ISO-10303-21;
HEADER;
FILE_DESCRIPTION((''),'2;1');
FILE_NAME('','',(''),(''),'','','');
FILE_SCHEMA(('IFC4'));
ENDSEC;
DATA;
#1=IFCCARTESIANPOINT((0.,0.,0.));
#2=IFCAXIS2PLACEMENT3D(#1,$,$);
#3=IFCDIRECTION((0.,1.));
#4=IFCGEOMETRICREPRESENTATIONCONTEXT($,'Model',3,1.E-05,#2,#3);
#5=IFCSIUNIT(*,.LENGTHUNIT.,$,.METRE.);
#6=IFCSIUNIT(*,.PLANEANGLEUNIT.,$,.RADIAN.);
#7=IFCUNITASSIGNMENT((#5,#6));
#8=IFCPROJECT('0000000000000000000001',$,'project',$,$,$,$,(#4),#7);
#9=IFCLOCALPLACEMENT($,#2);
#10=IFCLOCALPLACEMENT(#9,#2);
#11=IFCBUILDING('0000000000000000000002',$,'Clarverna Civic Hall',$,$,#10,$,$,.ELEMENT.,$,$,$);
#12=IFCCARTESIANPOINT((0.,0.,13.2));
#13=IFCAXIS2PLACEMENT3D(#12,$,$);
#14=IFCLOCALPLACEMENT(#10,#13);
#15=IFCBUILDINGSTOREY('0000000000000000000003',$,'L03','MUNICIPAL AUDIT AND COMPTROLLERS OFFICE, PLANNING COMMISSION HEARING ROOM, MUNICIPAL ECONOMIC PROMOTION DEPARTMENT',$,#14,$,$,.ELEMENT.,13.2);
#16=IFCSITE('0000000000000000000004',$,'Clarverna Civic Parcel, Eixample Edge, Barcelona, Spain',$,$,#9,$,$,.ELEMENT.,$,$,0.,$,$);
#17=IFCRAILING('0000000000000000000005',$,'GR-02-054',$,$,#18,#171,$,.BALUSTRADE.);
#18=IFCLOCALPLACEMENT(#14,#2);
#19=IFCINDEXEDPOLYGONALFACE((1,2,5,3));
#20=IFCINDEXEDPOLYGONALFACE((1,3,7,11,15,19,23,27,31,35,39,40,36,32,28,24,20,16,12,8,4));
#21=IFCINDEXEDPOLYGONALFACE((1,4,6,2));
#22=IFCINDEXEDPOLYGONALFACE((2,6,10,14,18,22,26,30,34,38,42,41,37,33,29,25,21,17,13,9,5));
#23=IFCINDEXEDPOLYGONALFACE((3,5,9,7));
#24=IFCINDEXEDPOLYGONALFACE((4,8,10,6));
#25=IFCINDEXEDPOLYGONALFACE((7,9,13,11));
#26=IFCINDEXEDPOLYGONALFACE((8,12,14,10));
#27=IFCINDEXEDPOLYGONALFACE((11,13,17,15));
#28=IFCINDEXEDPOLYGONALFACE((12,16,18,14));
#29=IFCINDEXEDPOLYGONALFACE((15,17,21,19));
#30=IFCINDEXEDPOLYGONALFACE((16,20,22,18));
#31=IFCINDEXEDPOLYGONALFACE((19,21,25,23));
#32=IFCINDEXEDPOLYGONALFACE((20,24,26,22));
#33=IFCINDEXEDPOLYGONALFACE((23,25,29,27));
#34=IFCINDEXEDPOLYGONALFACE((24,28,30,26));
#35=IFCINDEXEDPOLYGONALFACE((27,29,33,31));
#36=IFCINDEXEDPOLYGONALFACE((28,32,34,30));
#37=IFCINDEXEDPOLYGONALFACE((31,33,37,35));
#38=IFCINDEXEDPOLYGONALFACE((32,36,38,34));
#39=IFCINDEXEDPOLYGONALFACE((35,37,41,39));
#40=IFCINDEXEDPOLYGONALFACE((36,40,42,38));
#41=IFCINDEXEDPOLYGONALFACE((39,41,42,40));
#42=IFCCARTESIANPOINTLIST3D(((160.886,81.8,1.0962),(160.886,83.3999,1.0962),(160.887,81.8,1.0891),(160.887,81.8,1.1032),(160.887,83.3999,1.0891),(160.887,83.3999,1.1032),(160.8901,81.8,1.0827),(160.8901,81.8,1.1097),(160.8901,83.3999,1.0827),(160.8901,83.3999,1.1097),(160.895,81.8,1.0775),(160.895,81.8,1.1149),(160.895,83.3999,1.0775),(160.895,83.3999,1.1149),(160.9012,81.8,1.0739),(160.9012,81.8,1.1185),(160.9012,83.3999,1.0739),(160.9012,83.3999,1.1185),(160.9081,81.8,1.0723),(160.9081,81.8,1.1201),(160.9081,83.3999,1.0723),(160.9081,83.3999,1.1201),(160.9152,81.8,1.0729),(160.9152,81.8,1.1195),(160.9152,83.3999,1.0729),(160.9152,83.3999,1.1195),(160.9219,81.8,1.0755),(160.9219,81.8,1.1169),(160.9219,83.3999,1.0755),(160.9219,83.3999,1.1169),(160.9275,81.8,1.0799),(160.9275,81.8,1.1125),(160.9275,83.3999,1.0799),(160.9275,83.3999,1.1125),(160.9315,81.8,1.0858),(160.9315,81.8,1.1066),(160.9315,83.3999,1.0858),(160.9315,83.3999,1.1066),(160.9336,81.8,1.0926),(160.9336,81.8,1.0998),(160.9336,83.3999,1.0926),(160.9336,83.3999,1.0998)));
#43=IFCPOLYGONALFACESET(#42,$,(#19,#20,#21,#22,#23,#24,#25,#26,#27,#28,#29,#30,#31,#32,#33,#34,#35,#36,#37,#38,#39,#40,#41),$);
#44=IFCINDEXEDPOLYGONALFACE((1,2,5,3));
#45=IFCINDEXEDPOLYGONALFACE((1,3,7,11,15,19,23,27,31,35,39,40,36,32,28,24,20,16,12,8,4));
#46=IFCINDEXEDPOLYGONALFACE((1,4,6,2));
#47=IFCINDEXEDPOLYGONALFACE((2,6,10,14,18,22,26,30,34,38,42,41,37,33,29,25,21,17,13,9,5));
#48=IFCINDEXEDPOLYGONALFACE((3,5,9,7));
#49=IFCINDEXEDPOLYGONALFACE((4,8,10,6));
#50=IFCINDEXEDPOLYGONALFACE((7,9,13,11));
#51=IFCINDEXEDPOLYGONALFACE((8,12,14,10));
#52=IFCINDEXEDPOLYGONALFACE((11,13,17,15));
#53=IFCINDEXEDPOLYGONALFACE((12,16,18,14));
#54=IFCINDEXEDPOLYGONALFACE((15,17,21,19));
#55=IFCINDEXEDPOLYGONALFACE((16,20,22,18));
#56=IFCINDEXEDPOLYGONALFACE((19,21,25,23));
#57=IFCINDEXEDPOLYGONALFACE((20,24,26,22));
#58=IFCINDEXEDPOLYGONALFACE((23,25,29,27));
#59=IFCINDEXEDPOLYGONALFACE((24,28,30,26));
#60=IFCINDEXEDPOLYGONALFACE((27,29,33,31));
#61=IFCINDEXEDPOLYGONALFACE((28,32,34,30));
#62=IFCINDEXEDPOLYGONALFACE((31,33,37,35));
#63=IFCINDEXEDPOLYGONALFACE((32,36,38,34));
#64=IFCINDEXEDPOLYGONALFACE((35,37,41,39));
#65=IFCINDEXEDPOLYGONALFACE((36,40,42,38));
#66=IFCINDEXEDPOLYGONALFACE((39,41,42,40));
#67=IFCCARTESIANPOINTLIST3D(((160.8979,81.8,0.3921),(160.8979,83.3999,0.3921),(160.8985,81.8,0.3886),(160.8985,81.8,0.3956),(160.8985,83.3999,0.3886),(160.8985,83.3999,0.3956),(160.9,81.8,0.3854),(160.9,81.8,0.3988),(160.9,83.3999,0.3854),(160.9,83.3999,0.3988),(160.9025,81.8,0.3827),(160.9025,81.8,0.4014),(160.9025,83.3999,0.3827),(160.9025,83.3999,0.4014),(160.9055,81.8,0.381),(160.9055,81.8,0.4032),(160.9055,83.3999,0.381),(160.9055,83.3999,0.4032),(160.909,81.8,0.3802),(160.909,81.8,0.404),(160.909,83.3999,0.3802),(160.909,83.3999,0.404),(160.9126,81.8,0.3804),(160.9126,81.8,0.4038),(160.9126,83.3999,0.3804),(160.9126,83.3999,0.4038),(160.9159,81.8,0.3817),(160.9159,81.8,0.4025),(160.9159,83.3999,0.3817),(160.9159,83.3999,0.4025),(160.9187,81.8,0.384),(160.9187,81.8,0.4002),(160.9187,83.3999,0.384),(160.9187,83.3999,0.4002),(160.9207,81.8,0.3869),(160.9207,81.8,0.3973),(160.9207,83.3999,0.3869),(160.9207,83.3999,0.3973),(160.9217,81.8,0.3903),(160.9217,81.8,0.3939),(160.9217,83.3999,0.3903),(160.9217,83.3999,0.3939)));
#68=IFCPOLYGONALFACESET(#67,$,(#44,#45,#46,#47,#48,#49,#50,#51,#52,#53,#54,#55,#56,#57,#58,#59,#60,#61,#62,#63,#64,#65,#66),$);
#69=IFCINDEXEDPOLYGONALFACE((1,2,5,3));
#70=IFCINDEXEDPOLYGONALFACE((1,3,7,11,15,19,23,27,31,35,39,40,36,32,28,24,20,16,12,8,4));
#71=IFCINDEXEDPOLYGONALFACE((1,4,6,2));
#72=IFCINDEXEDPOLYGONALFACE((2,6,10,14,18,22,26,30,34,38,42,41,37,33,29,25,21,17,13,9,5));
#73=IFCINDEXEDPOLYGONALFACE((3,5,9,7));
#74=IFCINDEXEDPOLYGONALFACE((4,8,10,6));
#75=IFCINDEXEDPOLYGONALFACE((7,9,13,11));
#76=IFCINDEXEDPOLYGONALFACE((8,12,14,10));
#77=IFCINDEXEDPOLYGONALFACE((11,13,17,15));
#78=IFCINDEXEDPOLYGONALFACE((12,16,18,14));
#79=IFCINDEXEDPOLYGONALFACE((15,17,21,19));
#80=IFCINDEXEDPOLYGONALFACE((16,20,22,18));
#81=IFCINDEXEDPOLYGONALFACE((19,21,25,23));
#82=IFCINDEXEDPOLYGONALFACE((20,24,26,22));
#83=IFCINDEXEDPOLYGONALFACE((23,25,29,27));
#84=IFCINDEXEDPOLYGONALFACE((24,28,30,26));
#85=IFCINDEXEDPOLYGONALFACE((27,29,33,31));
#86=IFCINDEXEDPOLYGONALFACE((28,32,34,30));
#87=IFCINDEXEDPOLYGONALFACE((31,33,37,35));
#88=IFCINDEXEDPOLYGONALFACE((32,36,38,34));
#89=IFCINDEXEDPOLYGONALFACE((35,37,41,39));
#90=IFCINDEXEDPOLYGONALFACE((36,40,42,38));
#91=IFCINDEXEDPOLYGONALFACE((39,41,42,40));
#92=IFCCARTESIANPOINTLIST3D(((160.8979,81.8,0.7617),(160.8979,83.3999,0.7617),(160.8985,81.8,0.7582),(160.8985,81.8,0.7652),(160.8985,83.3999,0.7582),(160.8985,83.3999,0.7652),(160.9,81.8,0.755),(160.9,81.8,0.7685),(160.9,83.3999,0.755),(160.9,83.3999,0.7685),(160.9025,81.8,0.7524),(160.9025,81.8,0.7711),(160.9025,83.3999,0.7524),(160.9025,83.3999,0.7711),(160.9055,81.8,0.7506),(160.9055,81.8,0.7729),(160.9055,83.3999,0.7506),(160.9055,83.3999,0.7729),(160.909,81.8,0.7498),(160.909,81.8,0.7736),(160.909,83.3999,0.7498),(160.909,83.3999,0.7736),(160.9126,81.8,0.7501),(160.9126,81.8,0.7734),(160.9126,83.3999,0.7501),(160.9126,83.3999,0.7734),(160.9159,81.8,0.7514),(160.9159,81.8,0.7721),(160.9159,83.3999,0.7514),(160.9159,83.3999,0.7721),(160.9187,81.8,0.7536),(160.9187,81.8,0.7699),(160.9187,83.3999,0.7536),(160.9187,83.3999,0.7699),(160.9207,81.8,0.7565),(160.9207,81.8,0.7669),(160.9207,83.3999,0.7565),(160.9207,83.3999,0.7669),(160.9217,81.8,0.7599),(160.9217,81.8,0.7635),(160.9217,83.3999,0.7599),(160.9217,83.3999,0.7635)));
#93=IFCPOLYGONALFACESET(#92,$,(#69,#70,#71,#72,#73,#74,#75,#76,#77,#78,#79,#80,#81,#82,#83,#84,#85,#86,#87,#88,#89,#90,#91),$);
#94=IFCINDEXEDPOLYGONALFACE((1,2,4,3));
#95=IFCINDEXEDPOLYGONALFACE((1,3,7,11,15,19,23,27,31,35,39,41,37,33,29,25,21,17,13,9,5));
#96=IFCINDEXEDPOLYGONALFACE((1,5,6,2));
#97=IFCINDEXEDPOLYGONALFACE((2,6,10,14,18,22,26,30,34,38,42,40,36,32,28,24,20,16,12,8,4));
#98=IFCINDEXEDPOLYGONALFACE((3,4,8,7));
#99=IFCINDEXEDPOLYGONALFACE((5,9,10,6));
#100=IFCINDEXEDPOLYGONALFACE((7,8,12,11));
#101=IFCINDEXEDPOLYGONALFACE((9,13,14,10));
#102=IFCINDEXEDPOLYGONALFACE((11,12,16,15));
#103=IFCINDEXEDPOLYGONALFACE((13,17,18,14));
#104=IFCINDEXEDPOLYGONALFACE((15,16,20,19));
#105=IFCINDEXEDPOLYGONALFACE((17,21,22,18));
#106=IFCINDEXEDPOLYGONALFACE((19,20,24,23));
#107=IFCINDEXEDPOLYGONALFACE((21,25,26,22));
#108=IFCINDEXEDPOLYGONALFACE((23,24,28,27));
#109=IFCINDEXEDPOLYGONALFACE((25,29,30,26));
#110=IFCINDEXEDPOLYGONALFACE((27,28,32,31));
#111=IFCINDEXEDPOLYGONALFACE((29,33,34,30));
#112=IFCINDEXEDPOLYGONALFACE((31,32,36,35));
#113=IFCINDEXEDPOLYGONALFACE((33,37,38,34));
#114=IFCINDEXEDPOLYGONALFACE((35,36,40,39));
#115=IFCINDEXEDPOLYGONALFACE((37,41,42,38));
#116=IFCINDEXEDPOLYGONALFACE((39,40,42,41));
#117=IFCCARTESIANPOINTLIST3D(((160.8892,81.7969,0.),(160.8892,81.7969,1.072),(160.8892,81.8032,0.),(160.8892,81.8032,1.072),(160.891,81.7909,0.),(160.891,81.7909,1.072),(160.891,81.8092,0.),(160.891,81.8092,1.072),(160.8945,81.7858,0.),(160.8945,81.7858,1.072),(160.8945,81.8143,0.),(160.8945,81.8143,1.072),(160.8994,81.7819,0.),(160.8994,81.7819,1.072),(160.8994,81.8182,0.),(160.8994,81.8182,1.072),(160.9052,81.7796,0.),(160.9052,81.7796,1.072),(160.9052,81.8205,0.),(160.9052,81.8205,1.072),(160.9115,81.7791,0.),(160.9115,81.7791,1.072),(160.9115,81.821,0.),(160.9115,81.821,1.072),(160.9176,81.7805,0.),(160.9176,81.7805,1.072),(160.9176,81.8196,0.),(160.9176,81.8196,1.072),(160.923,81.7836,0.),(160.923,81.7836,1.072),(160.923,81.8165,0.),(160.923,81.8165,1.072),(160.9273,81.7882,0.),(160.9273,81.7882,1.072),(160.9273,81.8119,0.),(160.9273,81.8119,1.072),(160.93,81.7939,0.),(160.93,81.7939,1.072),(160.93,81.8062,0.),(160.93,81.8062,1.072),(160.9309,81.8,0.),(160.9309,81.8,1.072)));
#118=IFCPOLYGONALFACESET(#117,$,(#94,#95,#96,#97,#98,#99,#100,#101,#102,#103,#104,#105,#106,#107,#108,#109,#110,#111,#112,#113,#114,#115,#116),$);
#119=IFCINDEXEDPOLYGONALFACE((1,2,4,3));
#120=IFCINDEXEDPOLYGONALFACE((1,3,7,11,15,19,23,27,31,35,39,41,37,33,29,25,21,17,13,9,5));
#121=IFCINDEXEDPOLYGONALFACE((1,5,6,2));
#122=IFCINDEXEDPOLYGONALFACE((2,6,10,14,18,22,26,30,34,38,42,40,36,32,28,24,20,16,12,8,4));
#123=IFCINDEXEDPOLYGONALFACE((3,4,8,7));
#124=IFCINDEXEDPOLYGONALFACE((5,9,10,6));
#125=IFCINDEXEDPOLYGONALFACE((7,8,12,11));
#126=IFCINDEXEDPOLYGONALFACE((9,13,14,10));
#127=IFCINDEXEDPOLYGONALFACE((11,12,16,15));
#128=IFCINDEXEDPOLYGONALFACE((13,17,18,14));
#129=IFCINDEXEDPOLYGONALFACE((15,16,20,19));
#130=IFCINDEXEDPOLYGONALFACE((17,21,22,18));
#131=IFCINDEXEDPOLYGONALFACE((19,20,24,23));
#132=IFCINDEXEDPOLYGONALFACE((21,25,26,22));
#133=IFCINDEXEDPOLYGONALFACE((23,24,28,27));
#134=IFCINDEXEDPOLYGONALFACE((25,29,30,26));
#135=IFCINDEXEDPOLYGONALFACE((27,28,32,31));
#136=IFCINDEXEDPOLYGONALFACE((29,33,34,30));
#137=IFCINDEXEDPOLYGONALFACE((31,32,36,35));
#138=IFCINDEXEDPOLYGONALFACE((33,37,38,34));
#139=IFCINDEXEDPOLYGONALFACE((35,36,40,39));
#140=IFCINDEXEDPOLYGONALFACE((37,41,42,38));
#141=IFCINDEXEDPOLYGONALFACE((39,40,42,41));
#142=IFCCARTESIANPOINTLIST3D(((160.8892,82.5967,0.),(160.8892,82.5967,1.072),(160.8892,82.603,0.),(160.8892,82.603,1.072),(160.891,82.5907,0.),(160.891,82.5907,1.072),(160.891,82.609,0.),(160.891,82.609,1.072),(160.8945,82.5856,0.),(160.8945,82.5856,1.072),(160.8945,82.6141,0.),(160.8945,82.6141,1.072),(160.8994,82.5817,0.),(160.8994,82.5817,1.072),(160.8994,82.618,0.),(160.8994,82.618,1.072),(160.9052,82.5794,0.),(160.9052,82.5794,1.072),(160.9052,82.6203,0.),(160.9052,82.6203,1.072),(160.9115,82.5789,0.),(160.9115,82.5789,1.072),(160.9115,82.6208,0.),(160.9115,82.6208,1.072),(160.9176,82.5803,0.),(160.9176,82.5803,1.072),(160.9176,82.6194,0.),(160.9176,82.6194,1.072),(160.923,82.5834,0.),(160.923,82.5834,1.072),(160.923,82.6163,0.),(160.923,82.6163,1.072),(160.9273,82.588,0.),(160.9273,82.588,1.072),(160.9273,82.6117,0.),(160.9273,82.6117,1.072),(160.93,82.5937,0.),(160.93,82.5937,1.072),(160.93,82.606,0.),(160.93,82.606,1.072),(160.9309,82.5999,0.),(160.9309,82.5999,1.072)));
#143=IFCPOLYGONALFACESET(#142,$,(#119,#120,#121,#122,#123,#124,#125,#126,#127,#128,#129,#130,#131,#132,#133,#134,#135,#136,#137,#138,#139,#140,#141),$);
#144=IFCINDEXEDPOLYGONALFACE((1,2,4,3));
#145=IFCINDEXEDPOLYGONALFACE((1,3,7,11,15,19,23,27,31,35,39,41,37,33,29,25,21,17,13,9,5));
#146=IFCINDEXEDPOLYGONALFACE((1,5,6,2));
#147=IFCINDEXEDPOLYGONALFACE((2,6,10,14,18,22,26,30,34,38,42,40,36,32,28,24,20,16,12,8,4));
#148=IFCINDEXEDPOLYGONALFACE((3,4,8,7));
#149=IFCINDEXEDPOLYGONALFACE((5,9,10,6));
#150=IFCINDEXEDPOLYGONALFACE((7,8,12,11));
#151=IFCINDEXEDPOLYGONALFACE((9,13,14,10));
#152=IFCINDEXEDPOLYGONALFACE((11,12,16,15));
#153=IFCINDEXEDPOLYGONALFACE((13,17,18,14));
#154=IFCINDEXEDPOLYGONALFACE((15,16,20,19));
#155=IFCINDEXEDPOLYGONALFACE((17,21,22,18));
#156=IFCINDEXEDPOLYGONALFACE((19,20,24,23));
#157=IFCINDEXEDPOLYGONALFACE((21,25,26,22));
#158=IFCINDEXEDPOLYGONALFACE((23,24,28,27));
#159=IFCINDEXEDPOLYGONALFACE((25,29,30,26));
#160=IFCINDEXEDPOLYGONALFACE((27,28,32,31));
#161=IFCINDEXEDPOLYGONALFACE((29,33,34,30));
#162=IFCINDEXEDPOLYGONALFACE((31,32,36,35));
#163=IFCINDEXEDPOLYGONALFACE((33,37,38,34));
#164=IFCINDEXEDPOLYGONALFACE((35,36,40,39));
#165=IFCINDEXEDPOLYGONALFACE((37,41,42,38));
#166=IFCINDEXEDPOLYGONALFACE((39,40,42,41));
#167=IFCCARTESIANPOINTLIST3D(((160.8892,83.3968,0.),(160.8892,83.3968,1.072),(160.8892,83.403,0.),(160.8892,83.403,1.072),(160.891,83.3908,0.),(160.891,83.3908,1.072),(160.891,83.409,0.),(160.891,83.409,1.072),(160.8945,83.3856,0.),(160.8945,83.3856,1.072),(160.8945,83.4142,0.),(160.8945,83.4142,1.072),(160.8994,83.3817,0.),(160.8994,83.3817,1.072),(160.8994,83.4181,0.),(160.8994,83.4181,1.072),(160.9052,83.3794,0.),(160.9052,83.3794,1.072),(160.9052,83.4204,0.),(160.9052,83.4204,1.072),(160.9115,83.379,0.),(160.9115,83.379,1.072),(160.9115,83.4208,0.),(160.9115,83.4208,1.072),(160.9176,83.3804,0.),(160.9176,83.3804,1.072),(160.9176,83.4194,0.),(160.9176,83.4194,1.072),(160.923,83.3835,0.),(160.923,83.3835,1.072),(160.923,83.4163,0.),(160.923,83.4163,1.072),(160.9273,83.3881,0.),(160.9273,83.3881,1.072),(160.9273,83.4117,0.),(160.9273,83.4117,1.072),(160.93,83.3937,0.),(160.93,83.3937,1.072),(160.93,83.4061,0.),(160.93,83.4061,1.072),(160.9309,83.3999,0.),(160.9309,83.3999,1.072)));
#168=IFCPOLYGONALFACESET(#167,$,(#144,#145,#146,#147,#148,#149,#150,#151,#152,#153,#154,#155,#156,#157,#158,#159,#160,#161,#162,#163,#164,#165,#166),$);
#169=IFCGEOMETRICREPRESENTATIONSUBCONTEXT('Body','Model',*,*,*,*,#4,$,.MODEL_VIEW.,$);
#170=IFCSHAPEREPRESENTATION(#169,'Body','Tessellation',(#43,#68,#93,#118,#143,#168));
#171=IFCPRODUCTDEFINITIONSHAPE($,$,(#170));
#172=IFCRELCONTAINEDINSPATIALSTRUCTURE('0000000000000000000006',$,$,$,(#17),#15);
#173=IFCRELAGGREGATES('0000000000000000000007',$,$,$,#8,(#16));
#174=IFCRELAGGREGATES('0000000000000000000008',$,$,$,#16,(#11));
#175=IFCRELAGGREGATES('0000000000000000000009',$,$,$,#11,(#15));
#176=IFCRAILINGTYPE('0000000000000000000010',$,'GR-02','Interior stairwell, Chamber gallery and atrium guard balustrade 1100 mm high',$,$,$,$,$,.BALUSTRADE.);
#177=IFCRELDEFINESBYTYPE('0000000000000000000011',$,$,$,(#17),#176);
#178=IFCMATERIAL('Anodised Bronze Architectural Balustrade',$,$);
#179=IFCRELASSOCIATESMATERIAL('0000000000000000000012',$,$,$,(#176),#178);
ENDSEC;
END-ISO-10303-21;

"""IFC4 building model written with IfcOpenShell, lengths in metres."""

from ifc_helpers import new_model, si_unit, direction, frame, origin, origin_2d, place, context, subcontext, project, spatial, circle, extrude, material, type_object, element, save


model = new_model("IFC4")

# Units and contexts
model_context = context("Model", 3, precision=1e-05, world=origin(), true_north=direction((0.0, 1.0)))
body_context = subcontext(model_context, "Body", "Model", "MODEL_VIEW")
ifc_project = project(units=[si_unit("LENGTHUNIT", "METRE"), si_unit("PLANEANGLEUNIT", "RADIAN")], contexts=[model_context])

# Site, building, storey
site_placement = place(None, origin())
site = spatial("IfcSite", under=ifc_project, at=site_placement, Name="Clarverna Civic Parcel, Eixample Edge, Barcelona, Spain", CompositionType="ELEMENT", RefElevation=0.0)
building_placement = place(site_placement, origin())
building = spatial("IfcBuilding", under=site, at=building_placement, Name="Clarverna Civic Hall", CompositionType="ELEMENT")
storey_placement = place(building_placement, frame((0.0, 0.0, 13.2)))
storey = spatial("IfcBuildingStorey", under=building, at=storey_placement, Name="L03", Description="MUNICIPAL AUDIT AND COMPTROLLERS OFFICE, PLANNING COMMISSION HEARING ROOM, MUNICIPAL ECONOMIC PROMOTION DEPARTMENT", CompositionType="ELEMENT", Elevation=13.2)

# Railing
ifc_material_1 = material(Name="Anodised Bronze Architectural Balustrade")
railing_type_1 = type_object("IfcRailingType", Name="GR-02", Description="Interior stairwell, Chamber gallery and atrium guard balustrade 1100 mm high", PredefinedType="BALUSTRADE", material=ifc_material_1)
railing_1_placement = place(storey_placement, frame((160.9099, 81.8, 0.0)))
element("IfcRailing", 1, at=railing_1_placement, inside=storey, type_object=railing_type_1, Name="GR-02-054", PredefinedType="BALUSTRADE", context=body_context, shape_type="SweptSolid", body=[
    extrude(circle(Radius=0.0239, at=origin_2d()), frame((0.0, 0.0, 1.0962), z_axis=(0.0, 1.0, 0.0), x_axis=(-1.0, 0.0, 0.0)), (0.0, 0.0, 1.0), 1.5999),
    extrude(circle(Radius=0.012, at=origin_2d()), frame((0.0, 0.0, 0.3921), z_axis=(0.0, 1.0, 0.0), x_axis=(-1.0, 0.0, 0.0)), (0.0, 0.0, 1.0), 1.5999),
    extrude(circle(Radius=0.012, at=origin_2d()), frame((0.0, 0.0, 0.7617), z_axis=(0.0, 1.0, 0.0), x_axis=(-1.0, 0.0, 0.0)), (0.0, 0.0, 1.0), 1.5999),
    extrude(circle(Radius=0.021, at=origin_2d()), origin(), (0.0, 0.0, 1.0), 1.072),
    extrude(circle(Radius=0.021, at=origin_2d()), frame((0.0, 0.7998, 0.0)), (0.0, 0.0, 1.0), 1.072),
    extrude(circle(Radius=0.021, at=origin_2d()), frame((0.0, 1.5999, 0.0)), (0.0, 0.0, 1.0), 1.072),
])

save(model, "model.ifc")
